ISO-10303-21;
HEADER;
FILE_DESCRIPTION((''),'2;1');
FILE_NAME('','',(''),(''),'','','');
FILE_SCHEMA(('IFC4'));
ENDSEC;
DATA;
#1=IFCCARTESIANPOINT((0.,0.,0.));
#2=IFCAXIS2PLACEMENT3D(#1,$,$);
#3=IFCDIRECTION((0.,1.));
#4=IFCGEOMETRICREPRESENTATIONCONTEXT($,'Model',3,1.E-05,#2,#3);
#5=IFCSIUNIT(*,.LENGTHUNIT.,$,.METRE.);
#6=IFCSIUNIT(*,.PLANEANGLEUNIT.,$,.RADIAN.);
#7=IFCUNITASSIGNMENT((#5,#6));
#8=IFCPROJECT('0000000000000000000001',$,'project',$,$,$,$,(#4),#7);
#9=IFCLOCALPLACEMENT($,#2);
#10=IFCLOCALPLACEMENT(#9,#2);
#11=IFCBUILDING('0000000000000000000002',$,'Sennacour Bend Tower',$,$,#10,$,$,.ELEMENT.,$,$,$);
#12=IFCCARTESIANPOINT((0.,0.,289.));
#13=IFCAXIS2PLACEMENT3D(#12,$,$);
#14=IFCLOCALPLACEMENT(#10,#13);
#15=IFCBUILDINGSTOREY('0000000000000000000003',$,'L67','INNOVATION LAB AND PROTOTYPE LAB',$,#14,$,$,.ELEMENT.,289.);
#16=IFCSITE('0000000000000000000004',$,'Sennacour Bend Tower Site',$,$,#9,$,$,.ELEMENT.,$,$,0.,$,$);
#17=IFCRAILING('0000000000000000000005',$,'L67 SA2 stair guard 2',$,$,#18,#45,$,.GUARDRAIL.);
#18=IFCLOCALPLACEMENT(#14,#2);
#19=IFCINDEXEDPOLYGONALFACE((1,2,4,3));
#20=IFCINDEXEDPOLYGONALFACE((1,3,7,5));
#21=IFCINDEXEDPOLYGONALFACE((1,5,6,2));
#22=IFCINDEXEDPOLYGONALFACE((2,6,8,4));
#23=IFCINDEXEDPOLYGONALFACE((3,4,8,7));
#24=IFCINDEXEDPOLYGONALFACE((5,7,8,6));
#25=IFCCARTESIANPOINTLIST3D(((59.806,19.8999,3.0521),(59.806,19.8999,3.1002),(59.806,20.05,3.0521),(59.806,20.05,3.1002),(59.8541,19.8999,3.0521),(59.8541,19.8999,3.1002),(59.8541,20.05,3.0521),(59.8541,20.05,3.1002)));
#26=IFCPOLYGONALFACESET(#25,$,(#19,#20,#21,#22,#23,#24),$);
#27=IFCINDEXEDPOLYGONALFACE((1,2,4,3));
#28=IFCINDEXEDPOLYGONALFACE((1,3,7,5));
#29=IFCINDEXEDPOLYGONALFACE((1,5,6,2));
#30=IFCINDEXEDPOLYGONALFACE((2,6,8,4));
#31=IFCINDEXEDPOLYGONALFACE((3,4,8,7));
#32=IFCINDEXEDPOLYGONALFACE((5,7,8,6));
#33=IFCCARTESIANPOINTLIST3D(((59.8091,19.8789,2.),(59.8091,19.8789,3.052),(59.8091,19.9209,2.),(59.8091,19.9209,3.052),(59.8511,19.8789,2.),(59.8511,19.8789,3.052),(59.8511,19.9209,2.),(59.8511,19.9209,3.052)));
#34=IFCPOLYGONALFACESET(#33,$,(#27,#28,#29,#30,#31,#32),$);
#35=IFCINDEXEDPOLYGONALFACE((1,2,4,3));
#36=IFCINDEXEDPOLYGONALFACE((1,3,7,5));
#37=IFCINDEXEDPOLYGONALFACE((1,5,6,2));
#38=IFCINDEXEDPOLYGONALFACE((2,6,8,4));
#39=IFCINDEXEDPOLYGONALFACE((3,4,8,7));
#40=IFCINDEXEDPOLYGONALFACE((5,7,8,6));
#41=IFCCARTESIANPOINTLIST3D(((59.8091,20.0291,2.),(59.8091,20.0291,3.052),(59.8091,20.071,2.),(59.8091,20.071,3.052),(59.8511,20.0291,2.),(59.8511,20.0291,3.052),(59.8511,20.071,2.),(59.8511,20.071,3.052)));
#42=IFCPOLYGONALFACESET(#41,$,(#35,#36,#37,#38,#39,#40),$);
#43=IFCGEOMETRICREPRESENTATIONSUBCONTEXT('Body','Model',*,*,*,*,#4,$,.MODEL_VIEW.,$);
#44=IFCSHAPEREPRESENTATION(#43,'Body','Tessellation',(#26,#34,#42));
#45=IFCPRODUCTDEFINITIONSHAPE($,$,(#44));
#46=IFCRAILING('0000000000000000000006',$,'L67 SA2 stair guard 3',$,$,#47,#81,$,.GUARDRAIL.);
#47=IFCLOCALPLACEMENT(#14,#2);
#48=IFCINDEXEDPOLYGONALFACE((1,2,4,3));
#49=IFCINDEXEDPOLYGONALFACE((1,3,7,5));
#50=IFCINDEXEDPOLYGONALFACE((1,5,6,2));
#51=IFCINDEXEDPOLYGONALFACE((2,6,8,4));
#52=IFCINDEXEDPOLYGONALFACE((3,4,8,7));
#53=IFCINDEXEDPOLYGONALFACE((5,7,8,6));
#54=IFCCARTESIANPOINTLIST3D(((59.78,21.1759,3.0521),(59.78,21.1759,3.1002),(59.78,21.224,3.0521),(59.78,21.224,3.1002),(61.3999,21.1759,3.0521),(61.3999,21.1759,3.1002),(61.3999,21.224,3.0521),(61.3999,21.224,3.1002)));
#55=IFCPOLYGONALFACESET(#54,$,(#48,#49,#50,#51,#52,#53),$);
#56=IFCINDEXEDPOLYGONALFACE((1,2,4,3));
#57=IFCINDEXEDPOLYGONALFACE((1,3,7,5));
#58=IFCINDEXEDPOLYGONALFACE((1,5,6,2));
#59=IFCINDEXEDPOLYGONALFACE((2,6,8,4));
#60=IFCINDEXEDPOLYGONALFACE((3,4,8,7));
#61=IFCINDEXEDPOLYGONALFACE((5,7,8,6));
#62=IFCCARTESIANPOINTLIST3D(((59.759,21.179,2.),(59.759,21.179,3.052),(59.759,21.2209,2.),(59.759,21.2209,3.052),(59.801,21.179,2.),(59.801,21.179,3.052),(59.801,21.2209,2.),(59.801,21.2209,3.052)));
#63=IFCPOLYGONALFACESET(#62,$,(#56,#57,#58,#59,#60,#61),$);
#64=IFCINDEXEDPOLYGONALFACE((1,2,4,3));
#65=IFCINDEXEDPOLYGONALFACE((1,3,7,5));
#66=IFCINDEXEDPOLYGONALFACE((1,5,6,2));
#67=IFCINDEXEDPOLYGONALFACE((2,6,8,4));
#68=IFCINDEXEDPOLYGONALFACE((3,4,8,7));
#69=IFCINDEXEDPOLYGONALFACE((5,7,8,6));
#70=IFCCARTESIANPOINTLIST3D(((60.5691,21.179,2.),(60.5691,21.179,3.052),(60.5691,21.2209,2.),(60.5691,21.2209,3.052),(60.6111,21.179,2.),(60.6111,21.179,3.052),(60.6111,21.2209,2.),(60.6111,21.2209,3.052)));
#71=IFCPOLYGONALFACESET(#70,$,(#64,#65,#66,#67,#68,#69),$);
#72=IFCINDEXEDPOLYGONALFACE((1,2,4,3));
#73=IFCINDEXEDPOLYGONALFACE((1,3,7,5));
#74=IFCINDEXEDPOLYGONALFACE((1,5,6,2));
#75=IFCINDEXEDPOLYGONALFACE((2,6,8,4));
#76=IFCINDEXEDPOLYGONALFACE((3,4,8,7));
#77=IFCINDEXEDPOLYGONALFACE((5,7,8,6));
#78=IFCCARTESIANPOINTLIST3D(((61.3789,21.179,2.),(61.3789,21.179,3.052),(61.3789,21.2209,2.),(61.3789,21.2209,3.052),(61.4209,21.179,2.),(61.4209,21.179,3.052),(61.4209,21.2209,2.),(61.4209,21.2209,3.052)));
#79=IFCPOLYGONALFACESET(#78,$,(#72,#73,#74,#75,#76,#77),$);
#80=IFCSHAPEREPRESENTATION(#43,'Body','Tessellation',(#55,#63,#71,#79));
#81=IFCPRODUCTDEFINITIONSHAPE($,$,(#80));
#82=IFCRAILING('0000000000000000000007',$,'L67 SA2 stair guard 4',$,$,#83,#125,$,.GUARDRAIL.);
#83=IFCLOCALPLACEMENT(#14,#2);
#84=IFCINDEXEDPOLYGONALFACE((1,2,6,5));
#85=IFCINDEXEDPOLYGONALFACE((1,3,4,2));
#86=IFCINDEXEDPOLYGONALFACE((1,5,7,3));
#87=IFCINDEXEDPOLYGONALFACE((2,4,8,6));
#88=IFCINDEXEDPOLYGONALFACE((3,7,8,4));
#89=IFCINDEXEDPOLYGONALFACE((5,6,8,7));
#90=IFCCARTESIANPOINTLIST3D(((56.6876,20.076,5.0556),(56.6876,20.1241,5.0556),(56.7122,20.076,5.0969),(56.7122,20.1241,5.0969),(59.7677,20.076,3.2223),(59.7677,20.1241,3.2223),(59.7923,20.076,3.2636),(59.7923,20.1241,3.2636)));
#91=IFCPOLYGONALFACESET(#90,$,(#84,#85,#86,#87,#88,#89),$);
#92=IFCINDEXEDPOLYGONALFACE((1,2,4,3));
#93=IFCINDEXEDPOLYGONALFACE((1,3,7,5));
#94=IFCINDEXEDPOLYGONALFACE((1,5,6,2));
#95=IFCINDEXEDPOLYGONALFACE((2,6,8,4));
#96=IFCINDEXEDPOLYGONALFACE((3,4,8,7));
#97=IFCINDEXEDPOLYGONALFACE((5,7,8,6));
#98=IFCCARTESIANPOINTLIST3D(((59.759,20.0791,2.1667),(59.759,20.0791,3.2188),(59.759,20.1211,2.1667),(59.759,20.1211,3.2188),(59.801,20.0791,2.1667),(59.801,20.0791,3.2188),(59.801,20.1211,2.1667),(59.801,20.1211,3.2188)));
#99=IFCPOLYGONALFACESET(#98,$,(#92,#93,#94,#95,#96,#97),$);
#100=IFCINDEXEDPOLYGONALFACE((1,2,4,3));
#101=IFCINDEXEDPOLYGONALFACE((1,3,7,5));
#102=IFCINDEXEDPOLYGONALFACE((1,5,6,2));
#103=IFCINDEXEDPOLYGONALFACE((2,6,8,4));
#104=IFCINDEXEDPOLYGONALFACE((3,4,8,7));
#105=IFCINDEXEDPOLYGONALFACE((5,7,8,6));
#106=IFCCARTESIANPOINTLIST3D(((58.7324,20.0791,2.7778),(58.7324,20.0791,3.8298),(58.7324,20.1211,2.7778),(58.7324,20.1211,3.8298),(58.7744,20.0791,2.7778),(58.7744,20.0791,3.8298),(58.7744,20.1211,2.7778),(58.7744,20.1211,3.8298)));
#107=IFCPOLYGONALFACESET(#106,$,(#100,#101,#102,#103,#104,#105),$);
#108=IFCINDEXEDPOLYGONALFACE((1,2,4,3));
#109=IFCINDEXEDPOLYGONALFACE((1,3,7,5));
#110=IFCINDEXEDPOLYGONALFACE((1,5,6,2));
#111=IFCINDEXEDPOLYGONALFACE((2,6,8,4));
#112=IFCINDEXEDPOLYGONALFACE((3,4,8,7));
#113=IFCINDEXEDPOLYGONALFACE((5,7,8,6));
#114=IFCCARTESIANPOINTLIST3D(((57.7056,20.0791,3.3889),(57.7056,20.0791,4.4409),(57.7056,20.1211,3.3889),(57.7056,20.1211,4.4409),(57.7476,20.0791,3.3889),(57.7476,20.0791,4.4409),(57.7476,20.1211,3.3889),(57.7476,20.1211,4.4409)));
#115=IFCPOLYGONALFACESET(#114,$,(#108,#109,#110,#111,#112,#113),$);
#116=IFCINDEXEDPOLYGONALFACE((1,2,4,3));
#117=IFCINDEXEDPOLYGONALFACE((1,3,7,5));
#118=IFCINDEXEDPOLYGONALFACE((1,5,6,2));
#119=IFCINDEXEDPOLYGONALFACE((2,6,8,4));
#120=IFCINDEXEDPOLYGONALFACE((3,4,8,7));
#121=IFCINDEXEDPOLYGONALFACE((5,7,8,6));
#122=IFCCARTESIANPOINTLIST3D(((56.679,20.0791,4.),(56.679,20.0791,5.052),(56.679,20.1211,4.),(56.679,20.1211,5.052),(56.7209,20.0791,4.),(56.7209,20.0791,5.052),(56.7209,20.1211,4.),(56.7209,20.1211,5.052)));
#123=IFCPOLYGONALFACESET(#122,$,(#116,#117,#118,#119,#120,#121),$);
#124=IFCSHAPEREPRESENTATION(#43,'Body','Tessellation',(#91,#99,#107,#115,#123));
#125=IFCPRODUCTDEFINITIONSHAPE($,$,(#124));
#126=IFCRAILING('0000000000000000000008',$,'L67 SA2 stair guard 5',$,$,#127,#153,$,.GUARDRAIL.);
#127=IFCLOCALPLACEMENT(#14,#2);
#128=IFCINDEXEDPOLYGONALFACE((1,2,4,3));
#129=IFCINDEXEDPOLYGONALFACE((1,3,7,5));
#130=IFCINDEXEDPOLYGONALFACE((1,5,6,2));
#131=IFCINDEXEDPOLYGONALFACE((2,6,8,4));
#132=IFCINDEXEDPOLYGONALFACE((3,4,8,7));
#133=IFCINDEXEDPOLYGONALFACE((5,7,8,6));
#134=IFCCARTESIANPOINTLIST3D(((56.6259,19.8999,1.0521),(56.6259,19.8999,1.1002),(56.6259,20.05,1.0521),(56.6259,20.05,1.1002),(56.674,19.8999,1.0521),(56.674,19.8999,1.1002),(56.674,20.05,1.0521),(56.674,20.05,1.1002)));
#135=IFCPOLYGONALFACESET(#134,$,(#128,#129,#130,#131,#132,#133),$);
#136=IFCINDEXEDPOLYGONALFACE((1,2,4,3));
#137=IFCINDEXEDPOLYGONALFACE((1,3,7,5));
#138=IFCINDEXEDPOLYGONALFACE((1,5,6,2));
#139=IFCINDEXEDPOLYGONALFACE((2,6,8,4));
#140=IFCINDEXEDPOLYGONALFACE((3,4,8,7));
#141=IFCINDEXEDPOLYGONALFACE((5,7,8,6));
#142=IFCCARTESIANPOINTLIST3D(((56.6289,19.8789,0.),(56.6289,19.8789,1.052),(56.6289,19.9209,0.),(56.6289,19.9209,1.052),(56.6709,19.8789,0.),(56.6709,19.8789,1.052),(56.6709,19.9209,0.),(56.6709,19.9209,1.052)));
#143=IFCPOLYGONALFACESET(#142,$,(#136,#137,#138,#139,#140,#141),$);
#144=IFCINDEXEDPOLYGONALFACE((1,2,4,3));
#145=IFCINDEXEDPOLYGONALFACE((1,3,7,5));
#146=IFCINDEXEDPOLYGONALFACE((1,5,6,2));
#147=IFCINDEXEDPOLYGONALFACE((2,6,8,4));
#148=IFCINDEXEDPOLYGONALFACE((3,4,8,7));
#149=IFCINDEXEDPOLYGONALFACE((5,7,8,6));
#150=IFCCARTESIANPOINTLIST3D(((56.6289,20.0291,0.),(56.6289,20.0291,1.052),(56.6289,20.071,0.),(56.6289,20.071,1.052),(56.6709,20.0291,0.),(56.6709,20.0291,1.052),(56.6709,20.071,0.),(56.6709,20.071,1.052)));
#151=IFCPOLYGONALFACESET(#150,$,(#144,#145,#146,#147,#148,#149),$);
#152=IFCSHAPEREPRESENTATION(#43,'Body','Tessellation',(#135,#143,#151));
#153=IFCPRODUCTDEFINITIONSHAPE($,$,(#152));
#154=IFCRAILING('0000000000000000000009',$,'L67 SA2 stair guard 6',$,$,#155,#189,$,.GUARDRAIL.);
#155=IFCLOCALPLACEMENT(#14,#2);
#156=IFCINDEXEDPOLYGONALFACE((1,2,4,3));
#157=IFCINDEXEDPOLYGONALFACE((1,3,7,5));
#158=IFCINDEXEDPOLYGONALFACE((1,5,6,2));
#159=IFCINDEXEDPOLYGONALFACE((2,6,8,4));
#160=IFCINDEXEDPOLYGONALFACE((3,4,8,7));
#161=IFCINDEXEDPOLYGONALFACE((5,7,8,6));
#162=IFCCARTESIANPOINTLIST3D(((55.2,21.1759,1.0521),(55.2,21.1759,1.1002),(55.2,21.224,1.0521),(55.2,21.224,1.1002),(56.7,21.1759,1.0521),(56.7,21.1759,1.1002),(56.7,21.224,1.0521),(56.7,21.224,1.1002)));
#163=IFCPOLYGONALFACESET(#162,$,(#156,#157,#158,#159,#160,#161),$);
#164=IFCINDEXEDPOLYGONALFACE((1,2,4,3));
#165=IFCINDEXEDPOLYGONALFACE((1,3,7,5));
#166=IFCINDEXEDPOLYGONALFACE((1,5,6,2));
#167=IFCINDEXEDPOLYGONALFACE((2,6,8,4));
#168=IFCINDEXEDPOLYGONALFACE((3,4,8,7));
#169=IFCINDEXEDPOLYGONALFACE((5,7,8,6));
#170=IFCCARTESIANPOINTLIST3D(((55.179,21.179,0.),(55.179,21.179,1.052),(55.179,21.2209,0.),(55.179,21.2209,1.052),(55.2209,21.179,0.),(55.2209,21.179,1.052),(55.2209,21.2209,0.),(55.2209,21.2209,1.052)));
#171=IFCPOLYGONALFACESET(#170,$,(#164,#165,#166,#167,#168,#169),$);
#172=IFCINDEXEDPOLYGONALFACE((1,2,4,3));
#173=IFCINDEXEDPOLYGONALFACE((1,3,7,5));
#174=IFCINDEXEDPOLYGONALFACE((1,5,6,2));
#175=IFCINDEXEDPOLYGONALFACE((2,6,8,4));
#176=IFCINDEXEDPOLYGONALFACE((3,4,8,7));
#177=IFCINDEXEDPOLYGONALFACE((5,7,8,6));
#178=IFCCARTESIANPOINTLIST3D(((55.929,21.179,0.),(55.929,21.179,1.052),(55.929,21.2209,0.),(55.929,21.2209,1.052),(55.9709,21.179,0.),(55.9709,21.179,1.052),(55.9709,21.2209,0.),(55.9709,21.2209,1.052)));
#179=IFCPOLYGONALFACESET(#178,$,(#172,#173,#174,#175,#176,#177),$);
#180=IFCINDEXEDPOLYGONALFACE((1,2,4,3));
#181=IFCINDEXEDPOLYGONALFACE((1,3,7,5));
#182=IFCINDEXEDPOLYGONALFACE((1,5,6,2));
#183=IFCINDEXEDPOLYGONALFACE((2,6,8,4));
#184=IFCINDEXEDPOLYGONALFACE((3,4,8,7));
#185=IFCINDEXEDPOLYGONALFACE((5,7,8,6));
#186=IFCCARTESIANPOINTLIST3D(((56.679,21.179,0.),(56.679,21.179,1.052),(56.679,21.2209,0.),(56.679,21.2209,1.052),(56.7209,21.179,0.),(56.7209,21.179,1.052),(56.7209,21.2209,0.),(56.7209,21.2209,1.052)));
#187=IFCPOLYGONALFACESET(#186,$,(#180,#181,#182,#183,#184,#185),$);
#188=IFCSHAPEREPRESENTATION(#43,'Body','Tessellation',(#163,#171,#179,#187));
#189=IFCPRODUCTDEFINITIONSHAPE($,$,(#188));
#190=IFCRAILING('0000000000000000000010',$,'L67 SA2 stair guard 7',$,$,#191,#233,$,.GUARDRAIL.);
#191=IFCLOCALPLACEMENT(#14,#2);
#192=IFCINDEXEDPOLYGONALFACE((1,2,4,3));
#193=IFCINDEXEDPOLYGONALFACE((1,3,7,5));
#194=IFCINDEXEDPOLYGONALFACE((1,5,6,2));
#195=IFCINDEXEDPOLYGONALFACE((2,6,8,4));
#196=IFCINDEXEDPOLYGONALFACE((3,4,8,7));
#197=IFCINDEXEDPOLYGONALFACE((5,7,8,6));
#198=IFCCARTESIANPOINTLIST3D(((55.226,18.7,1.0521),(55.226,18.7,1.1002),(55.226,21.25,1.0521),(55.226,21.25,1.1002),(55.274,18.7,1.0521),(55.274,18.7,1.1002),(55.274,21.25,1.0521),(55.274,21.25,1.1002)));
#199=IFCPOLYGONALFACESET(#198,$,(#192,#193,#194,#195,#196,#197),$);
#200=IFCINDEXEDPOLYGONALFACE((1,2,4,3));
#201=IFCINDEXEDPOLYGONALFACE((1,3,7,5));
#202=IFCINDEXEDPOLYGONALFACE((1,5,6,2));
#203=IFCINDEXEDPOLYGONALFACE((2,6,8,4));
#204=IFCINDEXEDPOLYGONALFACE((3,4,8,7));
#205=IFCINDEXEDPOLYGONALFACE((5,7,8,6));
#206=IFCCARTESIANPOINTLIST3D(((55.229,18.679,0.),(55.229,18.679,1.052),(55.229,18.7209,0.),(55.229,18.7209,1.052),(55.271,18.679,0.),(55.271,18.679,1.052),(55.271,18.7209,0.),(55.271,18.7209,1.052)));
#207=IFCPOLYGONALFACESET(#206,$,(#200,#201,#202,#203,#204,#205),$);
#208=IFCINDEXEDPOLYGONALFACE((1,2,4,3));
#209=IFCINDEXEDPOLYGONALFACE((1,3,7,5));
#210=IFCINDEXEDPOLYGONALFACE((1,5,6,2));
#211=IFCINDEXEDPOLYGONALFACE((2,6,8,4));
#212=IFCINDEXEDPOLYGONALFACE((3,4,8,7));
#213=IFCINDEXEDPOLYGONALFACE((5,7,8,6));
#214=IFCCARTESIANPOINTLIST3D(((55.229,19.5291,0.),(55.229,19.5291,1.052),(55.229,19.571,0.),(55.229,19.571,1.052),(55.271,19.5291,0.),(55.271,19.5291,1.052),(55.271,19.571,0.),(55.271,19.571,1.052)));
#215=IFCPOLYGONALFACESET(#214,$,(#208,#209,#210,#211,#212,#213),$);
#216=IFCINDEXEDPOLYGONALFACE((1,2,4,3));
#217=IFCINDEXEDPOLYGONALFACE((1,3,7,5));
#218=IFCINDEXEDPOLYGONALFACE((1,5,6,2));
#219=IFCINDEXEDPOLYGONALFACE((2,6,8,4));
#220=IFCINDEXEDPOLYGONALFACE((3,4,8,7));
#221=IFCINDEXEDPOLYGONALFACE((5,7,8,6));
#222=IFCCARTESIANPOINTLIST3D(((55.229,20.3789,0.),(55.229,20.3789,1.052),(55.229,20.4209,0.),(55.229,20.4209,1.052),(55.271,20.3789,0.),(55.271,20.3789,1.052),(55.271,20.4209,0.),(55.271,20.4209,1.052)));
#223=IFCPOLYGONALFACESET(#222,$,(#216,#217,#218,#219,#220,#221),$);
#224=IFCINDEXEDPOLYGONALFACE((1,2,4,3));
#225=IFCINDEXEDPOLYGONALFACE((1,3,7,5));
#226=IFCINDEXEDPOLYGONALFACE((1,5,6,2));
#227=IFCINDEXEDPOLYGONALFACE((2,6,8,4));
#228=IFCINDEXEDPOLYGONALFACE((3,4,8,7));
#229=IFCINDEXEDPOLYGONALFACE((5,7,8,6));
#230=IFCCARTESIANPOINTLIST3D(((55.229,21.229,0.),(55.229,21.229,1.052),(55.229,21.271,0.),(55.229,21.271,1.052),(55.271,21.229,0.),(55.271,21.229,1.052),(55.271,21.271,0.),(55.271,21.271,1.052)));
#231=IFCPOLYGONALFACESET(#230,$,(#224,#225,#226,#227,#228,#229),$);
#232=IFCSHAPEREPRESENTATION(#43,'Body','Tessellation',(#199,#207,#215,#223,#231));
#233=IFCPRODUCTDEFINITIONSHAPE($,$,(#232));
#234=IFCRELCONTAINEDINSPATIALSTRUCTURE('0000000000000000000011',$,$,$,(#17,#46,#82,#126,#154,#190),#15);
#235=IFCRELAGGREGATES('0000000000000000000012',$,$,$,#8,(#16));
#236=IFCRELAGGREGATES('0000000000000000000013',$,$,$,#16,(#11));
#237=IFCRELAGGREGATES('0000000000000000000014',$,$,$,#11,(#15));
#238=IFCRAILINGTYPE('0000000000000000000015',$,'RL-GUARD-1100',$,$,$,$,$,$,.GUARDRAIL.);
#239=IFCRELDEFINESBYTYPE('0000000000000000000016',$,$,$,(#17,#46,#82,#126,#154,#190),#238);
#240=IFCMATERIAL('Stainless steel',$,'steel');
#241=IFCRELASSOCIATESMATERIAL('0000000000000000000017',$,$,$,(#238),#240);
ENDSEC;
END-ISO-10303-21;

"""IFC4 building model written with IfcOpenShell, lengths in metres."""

from ifc_helpers import new_model, si_unit, direction, frame, origin, origin_2d, place, context, subcontext, project, spatial, rectangle, extrude, material, type_object, element, save


model = new_model("IFC4")

# Units and contexts
model_context = context("Model", 3, precision=1e-05, world=origin(), true_north=direction((0.0, 1.0)))
body_context = subcontext(model_context, "Body", "Model", "MODEL_VIEW")
ifc_project = project(units=[si_unit("LENGTHUNIT", "METRE"), si_unit("PLANEANGLEUNIT", "RADIAN")], contexts=[model_context])

# Site, building, storey
site_placement = place(None, origin())
site = spatial("IfcSite", under=ifc_project, at=site_placement, Name="Sennacour Bend Tower Site", CompositionType="ELEMENT", RefElevation=0.0)
building_placement = place(site_placement, origin())
building = spatial("IfcBuilding", under=site, at=building_placement, Name="Sennacour Bend Tower", CompositionType="ELEMENT")
storey_placement = place(building_placement, frame((0.0, 0.0, 289.0)))
storey = spatial("IfcBuildingStorey", under=building, at=storey_placement, Name="L67", Description="INNOVATION LAB AND PROTOTYPE LAB", CompositionType="ELEMENT", Elevation=289.0)

# Railings
ifc_material_1 = material(Name="Stainless steel", Category="steel")
railing_type_1 = type_object("IfcRailingType", Name="RL-GUARD-1100", PredefinedType="GUARDRAIL", material=ifc_material_1)
railing_1_placement = place(storey_placement, frame((59.8301, 19.8999, 2.0)))
element("IfcRailing", 1, at=railing_1_placement, inside=storey, type_object=railing_type_1, Name="L67 SA2 stair guard 2", PredefinedType="GUARDRAIL", context=body_context, shape_type="SweptSolid", body=[
    extrude(rectangle(XDim=0.0481, YDim=0.0481, at=origin_2d()), frame((0.0, 0.0, 1.0762), z_axis=(0.0, 1.0, 0.0), x_axis=(-1.0, 0.0, 0.0)), (0.0, 0.0, 1.0), 0.1501),
    extrude(rectangle(XDim=0.042, YDim=0.042, at=origin_2d()), origin(), (0.0, 0.0, 1.0), 1.052),
    extrude(rectangle(XDim=0.042, YDim=0.042, at=origin_2d()), frame((0.0, 0.1501, 0.0)), (0.0, 0.0, 1.0), 1.052),
])
railing_2_placement = place(storey_placement, frame((59.78, 21.2, 2.0)))
element("IfcRailing", 2, at=railing_2_placement, inside=storey, type_object=railing_type_1, Name="L67 SA2 stair guard 3", PredefinedType="GUARDRAIL", context=body_context, shape_type="SweptSolid", body=[
    extrude(rectangle(XDim=0.0481, YDim=0.0481, at=origin_2d()), frame((0.0, 0.0, 1.0762), z_axis=(1.0, 0.0, 0.0), x_axis=(0.0, 1.0, 0.0)), (0.0, 0.0, 1.0), 1.6199),
    extrude(rectangle(XDim=0.042, YDim=0.042, at=origin_2d()), origin(), (0.0, 0.0, 1.0), 1.052),
    extrude(rectangle(XDim=0.042, YDim=0.042, at=origin_2d()), frame((0.8101, 0.0, 0.0)), (0.0, 0.0, 1.0), 1.052),
    extrude(rectangle(XDim=0.042, YDim=0.042, at=origin_2d()), frame((1.6199, 0.0, 0.0)), (0.0, 0.0, 1.0), 1.052),
])
railing_3_placement = place(storey_placement, frame((59.78, 20.1001, 2.1667)))
element("IfcRailing", 3, at=railing_3_placement, inside=storey, type_object=railing_type_1, Name="L67 SA2 stair guard 4", PredefinedType="GUARDRAIL", context=body_context, shape_type="SweptSolid", body=[
    extrude(rectangle(XDim=0.0481, YDim=0.0481, at=origin_2d()), frame((0.0, 0.0, 1.0762), z_axis=(-0.859309, 0.0, 0.511458), x_axis=(0.0, -1.0, 0.0)), (0.0, 0.0, 1.0), 3.5845),
    extrude(rectangle(XDim=0.042, YDim=0.042, at=origin_2d()), origin(), (0.0, 0.0, 1.0), 1.052),
    extrude(rectangle(XDim=0.042, YDim=0.042, at=origin_2d()), frame((-1.0266, 0.0, 0.6111)), (0.0, 0.0, 1.0), 1.052),
    extrude(rectangle(XDim=0.042, YDim=0.042, at=origin_2d()), frame((-2.0535, 0.0, 1.2222)), (0.0, 0.0, 1.0), 1.052),
    extrude(rectangle(XDim=0.042, YDim=0.042, at=origin_2d()), frame((-3.0801, 0.0, 1.8333)), (0.0, 0.0, 1.0), 1.052),
])
railing_4_placement = place(storey_placement, frame((56.6499, 19.8999, 0.0)))
element("IfcRailing", 4, at=railing_4_placement, inside=storey, type_object=railing_type_1, Name="L67 SA2 stair guard 5", PredefinedType="GUARDRAIL", context=body_context, shape_type="SweptSolid", body=[
    extrude(rectangle(XDim=0.0481, YDim=0.0481, at=origin_2d()), frame((0.0, 0.0, 1.0762), z_axis=(0.0, 1.0, 0.0), x_axis=(-1.0, 0.0, 0.0)), (0.0, 0.0, 1.0), 0.1501),
    extrude(rectangle(XDim=0.042, YDim=0.042, at=origin_2d()), origin(), (0.0, 0.0, 1.0), 1.052),
    extrude(rectangle(XDim=0.042, YDim=0.042, at=origin_2d()), frame((0.0, 0.1501, 0.0)), (0.0, 0.0, 1.0), 1.052),
])
railing_5_placement = place(storey_placement, frame((55.2, 21.2, 0.0)))
element("IfcRailing", 5, at=railing_5_placement, inside=storey, type_object=railing_type_1, Name="L67 SA2 stair guard 6", PredefinedType="GUARDRAIL", context=body_context, shape_type="SweptSolid", body=[
    extrude(rectangle(XDim=0.0481, YDim=0.0481, at=origin_2d()), frame((0.0, 0.0, 1.0762), z_axis=(1.0, 0.0, 0.0), x_axis=(0.0, 1.0, 0.0)), (0.0, 0.0, 1.0), 1.5),
    extrude(rectangle(XDim=0.042, YDim=0.042, at=origin_2d()), origin(), (0.0, 0.0, 1.0), 1.052),
    extrude(rectangle(XDim=0.042, YDim=0.042, at=origin_2d()), frame((0.75, 0.0, 0.0)), (0.0, 0.0, 1.0), 1.052),
    extrude(rectangle(XDim=0.042, YDim=0.042, at=origin_2d()), frame((1.5, 0.0, 0.0)), (0.0, 0.0, 1.0), 1.052),
])
railing_6_placement = place(storey_placement, frame((55.25, 18.7, 0.0)))
element("IfcRailing", 6, at=railing_6_placement, inside=storey, type_object=railing_type_1, Name="L67 SA2 stair guard 7", PredefinedType="GUARDRAIL", context=body_context, shape_type="SweptSolid", body=[
    extrude(rectangle(XDim=0.0481, YDim=0.0481, at=origin_2d()), frame((0.0, 0.0, 1.0762), z_axis=(0.0, 1.0, 0.0), x_axis=(-1.0, 0.0, 0.0)), (0.0, 0.0, 1.0), 2.55),
    extrude(rectangle(XDim=0.042, YDim=0.042, at=origin_2d()), origin(), (0.0, 0.0, 1.0), 1.052),
    extrude(rectangle(XDim=0.042, YDim=0.042, at=origin_2d()), frame((0.0, 0.8501, 0.0)), (0.0, 0.0, 1.0), 1.052),
    extrude(rectangle(XDim=0.042, YDim=0.042, at=origin_2d()), frame((0.0, 1.7, 0.0)), (0.0, 0.0, 1.0), 1.052),
    extrude(rectangle(XDim=0.042, YDim=0.042, at=origin_2d()), frame((0.0, 2.55, 0.0)), (0.0, 0.0, 1.0), 1.052),
])

save(model, "model.ifc")
